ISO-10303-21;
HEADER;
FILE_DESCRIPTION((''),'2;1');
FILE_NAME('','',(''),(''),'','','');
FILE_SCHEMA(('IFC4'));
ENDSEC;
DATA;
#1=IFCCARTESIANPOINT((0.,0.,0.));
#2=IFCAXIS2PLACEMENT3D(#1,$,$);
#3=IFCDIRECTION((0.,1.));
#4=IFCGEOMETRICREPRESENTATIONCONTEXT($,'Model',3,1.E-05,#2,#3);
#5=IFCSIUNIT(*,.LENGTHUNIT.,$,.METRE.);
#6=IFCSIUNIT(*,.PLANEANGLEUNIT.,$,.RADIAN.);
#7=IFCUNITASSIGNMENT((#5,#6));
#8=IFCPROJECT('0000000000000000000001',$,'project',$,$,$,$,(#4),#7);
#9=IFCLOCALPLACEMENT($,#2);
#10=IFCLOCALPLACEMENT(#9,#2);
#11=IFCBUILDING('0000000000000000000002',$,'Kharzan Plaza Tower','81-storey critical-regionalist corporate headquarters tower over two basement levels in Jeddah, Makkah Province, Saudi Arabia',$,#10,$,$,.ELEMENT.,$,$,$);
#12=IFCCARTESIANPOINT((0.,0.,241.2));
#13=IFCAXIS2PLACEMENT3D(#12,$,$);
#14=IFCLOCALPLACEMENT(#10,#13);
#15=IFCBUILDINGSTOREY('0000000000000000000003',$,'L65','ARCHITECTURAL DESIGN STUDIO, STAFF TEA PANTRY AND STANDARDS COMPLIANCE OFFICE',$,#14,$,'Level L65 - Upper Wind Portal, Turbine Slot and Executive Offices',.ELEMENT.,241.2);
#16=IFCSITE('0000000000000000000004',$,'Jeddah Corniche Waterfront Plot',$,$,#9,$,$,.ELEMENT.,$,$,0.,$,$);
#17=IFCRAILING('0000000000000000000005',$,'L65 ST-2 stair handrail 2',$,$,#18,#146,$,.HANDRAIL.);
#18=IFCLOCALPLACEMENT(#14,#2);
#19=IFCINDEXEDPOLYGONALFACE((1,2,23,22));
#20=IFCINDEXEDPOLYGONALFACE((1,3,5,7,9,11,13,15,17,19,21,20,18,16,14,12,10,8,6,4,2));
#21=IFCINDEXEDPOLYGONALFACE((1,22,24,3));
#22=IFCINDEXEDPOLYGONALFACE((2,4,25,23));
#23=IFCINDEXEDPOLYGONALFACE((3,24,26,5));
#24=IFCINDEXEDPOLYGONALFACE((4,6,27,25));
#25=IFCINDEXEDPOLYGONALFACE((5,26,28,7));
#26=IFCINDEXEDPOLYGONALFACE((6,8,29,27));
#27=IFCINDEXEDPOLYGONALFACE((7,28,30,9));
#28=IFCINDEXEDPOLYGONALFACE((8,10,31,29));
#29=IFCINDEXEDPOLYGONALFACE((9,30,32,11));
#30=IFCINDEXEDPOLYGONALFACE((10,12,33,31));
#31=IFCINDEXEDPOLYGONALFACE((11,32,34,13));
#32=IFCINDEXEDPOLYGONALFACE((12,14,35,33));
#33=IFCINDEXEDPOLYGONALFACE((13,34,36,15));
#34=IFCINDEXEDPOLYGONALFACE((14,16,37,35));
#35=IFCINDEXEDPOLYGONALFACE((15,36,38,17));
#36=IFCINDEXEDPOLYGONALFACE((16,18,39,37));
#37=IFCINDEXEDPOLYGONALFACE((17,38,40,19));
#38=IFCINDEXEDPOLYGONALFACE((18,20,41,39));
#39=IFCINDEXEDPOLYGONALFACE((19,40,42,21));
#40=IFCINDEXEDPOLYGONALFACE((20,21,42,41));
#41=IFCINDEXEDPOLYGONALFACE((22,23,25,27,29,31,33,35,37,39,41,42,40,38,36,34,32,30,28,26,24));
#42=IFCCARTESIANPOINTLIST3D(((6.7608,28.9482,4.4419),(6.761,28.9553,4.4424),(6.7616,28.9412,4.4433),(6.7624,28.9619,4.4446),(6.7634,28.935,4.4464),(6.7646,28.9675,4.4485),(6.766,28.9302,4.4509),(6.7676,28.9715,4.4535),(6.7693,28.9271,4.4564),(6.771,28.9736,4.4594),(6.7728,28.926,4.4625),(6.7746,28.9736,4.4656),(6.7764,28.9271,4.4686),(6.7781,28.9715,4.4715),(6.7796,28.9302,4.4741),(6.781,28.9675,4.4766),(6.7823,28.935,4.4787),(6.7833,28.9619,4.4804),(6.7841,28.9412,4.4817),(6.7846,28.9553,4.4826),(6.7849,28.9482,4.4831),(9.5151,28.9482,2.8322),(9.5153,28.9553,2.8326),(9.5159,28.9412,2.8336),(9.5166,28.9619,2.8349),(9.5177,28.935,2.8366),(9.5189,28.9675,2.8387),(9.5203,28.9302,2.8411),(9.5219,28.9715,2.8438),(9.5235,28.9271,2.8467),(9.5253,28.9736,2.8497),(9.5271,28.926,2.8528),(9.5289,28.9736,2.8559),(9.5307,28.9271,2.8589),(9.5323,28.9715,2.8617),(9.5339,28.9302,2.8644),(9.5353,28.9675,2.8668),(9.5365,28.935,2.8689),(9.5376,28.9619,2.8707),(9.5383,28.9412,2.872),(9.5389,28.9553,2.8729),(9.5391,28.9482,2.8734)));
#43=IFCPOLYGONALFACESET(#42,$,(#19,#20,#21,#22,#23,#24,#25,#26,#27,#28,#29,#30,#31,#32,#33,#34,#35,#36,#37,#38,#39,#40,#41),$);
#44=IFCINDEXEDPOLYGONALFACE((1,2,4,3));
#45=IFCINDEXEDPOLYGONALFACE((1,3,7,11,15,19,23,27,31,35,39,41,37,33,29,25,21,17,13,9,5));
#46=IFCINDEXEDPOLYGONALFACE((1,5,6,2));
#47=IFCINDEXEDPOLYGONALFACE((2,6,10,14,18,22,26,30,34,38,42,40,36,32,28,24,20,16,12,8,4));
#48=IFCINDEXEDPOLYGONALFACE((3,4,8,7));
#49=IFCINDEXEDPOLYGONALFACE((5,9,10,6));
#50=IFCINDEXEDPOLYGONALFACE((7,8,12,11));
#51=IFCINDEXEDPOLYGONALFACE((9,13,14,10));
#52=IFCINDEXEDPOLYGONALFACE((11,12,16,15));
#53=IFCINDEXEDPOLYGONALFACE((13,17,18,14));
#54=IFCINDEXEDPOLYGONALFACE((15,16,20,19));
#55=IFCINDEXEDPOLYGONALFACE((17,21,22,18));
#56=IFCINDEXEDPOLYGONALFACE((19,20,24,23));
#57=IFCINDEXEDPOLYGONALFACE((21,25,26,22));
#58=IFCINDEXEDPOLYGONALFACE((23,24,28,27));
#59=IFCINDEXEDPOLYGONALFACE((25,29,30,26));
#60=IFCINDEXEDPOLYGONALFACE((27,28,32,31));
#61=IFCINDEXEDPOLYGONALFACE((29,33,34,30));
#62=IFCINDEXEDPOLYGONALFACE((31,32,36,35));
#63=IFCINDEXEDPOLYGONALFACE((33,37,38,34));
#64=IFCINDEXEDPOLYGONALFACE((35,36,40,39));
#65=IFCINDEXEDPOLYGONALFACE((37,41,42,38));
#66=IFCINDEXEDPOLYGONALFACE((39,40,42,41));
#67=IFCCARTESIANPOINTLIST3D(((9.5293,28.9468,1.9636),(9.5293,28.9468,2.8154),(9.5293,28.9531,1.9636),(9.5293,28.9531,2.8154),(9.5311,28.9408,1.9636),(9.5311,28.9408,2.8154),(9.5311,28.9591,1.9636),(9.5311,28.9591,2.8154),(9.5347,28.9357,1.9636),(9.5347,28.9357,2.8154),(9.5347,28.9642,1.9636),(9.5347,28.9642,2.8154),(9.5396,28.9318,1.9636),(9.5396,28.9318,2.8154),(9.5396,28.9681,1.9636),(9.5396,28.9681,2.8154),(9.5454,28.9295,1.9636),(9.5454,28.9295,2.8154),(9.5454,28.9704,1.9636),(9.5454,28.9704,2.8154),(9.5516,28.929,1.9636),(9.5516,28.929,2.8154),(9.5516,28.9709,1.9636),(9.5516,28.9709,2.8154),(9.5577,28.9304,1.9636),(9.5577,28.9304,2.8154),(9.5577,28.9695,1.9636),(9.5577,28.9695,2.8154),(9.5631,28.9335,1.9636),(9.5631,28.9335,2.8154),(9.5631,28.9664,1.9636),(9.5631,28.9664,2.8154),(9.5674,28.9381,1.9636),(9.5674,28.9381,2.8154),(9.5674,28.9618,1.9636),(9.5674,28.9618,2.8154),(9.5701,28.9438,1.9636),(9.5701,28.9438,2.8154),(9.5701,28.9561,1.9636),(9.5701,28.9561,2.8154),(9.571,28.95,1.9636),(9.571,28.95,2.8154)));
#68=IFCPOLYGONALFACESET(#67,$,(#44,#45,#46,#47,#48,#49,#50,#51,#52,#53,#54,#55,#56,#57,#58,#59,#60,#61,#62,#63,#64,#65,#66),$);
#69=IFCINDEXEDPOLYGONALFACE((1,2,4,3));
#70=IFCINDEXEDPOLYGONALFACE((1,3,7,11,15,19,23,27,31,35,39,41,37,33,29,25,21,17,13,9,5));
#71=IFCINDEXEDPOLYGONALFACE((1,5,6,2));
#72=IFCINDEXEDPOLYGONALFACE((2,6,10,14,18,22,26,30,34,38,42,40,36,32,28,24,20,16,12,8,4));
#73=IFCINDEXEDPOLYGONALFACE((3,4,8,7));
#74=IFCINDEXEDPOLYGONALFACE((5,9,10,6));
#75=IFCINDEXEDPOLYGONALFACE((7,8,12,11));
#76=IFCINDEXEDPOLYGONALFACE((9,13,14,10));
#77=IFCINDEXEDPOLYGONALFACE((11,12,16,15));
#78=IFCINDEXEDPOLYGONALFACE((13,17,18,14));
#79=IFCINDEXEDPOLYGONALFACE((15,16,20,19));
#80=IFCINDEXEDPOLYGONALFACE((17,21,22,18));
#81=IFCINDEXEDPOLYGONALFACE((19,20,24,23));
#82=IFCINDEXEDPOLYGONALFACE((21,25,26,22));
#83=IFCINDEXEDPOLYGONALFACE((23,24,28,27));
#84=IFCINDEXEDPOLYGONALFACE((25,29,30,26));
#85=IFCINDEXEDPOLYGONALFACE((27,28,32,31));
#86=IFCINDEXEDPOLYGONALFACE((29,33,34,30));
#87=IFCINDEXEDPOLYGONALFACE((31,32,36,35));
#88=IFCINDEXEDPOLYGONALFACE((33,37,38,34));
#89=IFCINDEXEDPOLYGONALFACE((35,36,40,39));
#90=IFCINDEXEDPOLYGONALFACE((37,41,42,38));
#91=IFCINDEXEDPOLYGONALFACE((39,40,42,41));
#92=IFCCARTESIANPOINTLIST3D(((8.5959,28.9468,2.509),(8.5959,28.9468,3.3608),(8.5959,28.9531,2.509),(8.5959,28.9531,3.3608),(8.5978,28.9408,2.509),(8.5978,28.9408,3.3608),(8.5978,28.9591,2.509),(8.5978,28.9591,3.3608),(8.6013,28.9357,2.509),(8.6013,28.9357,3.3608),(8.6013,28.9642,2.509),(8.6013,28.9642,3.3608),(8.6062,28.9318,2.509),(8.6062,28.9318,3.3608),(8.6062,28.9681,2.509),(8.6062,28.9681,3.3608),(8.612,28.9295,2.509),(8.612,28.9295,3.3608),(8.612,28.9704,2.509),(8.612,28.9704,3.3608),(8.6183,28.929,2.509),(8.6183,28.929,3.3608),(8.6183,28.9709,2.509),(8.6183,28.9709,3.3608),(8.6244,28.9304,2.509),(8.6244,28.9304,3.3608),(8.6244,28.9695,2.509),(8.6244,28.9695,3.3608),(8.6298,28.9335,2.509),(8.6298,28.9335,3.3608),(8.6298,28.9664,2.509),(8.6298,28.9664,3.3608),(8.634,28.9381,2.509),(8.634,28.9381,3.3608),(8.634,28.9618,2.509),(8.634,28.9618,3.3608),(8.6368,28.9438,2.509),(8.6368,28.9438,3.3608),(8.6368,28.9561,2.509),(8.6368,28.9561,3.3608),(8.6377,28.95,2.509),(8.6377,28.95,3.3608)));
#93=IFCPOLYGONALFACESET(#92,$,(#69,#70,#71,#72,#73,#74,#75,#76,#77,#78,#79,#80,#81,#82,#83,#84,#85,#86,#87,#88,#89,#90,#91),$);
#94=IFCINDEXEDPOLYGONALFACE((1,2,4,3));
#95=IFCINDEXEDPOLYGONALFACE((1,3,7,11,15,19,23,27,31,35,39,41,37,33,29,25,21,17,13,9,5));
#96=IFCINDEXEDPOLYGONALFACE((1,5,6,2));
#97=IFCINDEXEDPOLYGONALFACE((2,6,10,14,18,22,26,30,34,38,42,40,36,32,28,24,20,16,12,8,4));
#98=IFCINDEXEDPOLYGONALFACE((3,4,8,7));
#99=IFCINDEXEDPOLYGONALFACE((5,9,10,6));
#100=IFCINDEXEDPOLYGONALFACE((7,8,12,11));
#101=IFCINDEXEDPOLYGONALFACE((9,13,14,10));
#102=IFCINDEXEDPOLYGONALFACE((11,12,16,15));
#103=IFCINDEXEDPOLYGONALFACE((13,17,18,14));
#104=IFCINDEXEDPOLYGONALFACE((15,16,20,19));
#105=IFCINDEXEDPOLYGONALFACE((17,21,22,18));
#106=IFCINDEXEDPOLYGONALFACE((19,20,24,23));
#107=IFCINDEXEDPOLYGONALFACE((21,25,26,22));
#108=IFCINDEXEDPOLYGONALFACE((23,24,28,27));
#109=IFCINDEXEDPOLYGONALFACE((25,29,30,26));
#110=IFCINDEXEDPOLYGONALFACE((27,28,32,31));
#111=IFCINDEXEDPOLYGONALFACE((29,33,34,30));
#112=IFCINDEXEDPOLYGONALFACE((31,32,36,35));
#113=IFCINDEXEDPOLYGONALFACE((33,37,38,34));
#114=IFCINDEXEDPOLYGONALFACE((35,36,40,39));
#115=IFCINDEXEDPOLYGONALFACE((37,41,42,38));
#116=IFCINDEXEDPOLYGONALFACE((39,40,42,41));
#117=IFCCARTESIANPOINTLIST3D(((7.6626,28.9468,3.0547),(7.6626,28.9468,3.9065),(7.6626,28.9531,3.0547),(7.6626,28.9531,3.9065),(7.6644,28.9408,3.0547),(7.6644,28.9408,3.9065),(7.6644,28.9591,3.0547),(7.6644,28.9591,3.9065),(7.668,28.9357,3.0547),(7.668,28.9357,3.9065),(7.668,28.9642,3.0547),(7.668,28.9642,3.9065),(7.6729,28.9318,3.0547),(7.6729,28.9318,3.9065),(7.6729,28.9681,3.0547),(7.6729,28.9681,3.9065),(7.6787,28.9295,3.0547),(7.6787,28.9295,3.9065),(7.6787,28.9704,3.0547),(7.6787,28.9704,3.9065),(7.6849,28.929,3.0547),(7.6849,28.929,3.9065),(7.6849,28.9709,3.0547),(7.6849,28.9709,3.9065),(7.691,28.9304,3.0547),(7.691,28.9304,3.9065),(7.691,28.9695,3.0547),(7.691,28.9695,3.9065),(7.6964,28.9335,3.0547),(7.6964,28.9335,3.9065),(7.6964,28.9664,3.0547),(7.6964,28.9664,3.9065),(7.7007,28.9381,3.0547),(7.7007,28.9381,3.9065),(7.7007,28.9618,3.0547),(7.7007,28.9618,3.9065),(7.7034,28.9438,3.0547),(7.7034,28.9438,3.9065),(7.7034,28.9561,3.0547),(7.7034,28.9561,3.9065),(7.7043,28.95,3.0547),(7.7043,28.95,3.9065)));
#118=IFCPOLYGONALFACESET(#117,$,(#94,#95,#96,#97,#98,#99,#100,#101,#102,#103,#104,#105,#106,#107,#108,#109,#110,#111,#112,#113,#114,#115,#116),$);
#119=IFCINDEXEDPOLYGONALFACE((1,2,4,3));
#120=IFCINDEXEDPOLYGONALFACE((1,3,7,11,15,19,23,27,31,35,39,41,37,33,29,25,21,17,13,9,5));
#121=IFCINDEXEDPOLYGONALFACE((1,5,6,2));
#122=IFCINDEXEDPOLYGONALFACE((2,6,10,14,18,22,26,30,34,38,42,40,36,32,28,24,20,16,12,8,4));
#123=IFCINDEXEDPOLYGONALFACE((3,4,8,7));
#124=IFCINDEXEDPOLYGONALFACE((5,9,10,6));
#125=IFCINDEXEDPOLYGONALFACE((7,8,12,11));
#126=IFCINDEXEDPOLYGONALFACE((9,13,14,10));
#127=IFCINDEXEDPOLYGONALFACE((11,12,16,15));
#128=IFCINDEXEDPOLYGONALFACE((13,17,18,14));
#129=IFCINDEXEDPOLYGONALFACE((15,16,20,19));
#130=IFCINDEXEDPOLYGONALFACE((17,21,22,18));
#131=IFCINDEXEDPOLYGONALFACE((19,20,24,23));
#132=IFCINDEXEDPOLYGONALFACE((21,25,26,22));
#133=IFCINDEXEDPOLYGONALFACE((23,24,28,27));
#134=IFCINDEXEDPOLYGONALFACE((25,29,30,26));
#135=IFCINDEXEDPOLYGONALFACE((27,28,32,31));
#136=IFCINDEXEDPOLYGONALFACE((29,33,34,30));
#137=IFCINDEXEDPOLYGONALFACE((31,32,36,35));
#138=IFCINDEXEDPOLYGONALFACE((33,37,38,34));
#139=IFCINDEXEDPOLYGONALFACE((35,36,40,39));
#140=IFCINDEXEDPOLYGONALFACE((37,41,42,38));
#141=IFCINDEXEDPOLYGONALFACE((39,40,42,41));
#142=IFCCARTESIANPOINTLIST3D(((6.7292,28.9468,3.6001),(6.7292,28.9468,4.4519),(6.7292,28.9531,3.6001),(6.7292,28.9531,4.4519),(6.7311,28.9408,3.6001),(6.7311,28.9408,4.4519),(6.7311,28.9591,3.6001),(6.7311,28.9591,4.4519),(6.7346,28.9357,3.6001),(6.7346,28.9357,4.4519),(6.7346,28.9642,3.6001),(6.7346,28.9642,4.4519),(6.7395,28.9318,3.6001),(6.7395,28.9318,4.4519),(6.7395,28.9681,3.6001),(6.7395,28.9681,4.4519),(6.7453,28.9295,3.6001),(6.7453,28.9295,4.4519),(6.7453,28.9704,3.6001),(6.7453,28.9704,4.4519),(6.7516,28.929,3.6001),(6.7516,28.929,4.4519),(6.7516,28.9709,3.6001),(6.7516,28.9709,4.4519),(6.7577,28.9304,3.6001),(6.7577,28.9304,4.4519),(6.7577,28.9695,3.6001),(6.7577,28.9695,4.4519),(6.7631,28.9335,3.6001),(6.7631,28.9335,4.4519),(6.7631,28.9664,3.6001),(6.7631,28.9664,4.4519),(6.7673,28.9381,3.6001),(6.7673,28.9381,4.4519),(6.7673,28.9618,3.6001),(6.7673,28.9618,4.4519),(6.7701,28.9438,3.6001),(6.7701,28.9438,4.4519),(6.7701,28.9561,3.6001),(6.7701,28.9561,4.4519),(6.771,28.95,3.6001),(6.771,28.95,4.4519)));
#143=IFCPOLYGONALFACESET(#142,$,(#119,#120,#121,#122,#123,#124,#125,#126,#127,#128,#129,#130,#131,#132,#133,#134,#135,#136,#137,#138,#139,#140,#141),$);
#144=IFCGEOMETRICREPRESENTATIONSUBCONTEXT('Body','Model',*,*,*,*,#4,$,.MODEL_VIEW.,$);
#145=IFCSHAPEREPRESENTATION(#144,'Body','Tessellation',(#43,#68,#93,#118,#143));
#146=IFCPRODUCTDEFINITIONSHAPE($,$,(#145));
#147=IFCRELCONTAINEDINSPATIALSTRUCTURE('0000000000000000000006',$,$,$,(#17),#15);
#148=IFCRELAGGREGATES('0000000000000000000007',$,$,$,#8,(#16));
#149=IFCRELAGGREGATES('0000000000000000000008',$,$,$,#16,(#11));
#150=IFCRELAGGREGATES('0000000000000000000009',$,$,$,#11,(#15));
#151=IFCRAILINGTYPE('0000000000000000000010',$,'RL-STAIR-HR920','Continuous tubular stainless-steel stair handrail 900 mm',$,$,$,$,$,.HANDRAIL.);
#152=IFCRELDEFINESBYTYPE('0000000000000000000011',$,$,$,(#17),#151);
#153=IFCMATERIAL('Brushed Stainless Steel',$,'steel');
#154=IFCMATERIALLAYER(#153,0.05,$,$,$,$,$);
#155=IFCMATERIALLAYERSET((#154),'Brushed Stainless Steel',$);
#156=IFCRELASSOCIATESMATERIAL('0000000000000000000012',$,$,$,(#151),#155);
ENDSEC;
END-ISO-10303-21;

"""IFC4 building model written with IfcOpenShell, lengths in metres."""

from ifc_helpers import new_model, si_unit, direction, frame, origin, origin_2d, place, context, subcontext, project, spatial, circle, extrude, source, transform, mapped, material, layer, layer_set, type_object, element, save


model = new_model("IFC4")

# Units and contexts
model_context = context("Model", 3, precision=1e-05, world=origin(), true_north=direction((0.0, 1.0)))
body_context = subcontext(model_context, "Body", "Model", "MODEL_VIEW")
ifc_project = project(units=[si_unit("LENGTHUNIT", "METRE"), si_unit("PLANEANGLEUNIT", "RADIAN")], contexts=[model_context])

# Site, building, storey
site_placement = place(None, origin())
site = spatial("IfcSite", under=ifc_project, at=site_placement, Name="Jeddah Corniche Waterfront Plot", CompositionType="ELEMENT", RefElevation=0.0)
building_placement = place(site_placement, origin())
building = spatial("IfcBuilding", under=site, at=building_placement, Name="Kharzan Plaza Tower", Description="81-storey critical-regionalist corporate headquarters tower over two basement levels in Jeddah, Makkah Province, Saudi Arabia", CompositionType="ELEMENT")
storey_placement = place(building_placement, frame((0.0, 0.0, 241.2)))
storey = spatial("IfcBuildingStorey", under=building, at=storey_placement, Name="L65", Description="ARCHITECTURAL DESIGN STUDIO, STAFF TEA PANTRY AND STANDARDS COMPLIANCE OFFICE", LongName="Level L65 - Upper Wind Portal, Turbine Slot and Executive Offices", CompositionType="ELEMENT", Elevation=241.2)

# Railing
ifc_material_1 = material(Name="Brushed Stainless Steel", Category="steel")
ifc_layer_1 = layer(ifc_material_1, 0.05)
ifc_layer_set_1 = layer_set([ifc_layer_1], Name="Brushed Stainless Steel")
railing_type = type_object("IfcRailingType", Name="RL-STAIR-HR920", Description="Continuous tubular stainless-steel stair handrail 900 mm", PredefinedType="HANDRAIL", material=ifc_layer_set_1)
shared_shape_1 = source(origin(), body_context, "Body", "SweptSolid", [
    extrude(circle(Radius=0.0239, at=origin_2d()), frame((-0.0229, 0.0, 0.8892), z_axis=(-0.863361, 0.0, 0.504587), x_axis=(0.0, -1.0, 0.0)), (0.0, 0.0, 1.0), 3.1902),
    extrude(circle(Radius=0.021, at=origin_2d()), origin(), (0.0, 0.0, 1.0), 0.8518),
    extrude(circle(Radius=0.021, at=origin_2d()), frame((-0.9333, 0.0, 0.5454)), (0.0, 0.0, 1.0), 0.8518),
    extrude(circle(Radius=0.021, at=origin_2d()), frame((-1.8667, 0.0, 1.0911)), (0.0, 0.0, 1.0), 0.8518),
    extrude(circle(Radius=0.021, at=origin_2d()), frame((-2.8, 0.0, 1.6365)), (0.0, 0.0, 1.0), 0.8518),
])
railing_placement = place(storey_placement, frame((9.55, 28.95, 1.9636)))
element("IfcRailing", 1, at=railing_placement, inside=storey, type_object=railing_type, Name="L65 ST-2 stair handrail 2", PredefinedType="HANDRAIL", context=body_context, shape_type="MappedRepresentation", body=[
    mapped(shared_shape_1, transform((0.0, 0.0, 0.0), x_axis=(1.0, 0.0, 0.0), y_axis=(0.0, 1.0, 0.0), z_axis=(0.0, 0.0, 1.0))),
])

save(model, "model.ifc")
